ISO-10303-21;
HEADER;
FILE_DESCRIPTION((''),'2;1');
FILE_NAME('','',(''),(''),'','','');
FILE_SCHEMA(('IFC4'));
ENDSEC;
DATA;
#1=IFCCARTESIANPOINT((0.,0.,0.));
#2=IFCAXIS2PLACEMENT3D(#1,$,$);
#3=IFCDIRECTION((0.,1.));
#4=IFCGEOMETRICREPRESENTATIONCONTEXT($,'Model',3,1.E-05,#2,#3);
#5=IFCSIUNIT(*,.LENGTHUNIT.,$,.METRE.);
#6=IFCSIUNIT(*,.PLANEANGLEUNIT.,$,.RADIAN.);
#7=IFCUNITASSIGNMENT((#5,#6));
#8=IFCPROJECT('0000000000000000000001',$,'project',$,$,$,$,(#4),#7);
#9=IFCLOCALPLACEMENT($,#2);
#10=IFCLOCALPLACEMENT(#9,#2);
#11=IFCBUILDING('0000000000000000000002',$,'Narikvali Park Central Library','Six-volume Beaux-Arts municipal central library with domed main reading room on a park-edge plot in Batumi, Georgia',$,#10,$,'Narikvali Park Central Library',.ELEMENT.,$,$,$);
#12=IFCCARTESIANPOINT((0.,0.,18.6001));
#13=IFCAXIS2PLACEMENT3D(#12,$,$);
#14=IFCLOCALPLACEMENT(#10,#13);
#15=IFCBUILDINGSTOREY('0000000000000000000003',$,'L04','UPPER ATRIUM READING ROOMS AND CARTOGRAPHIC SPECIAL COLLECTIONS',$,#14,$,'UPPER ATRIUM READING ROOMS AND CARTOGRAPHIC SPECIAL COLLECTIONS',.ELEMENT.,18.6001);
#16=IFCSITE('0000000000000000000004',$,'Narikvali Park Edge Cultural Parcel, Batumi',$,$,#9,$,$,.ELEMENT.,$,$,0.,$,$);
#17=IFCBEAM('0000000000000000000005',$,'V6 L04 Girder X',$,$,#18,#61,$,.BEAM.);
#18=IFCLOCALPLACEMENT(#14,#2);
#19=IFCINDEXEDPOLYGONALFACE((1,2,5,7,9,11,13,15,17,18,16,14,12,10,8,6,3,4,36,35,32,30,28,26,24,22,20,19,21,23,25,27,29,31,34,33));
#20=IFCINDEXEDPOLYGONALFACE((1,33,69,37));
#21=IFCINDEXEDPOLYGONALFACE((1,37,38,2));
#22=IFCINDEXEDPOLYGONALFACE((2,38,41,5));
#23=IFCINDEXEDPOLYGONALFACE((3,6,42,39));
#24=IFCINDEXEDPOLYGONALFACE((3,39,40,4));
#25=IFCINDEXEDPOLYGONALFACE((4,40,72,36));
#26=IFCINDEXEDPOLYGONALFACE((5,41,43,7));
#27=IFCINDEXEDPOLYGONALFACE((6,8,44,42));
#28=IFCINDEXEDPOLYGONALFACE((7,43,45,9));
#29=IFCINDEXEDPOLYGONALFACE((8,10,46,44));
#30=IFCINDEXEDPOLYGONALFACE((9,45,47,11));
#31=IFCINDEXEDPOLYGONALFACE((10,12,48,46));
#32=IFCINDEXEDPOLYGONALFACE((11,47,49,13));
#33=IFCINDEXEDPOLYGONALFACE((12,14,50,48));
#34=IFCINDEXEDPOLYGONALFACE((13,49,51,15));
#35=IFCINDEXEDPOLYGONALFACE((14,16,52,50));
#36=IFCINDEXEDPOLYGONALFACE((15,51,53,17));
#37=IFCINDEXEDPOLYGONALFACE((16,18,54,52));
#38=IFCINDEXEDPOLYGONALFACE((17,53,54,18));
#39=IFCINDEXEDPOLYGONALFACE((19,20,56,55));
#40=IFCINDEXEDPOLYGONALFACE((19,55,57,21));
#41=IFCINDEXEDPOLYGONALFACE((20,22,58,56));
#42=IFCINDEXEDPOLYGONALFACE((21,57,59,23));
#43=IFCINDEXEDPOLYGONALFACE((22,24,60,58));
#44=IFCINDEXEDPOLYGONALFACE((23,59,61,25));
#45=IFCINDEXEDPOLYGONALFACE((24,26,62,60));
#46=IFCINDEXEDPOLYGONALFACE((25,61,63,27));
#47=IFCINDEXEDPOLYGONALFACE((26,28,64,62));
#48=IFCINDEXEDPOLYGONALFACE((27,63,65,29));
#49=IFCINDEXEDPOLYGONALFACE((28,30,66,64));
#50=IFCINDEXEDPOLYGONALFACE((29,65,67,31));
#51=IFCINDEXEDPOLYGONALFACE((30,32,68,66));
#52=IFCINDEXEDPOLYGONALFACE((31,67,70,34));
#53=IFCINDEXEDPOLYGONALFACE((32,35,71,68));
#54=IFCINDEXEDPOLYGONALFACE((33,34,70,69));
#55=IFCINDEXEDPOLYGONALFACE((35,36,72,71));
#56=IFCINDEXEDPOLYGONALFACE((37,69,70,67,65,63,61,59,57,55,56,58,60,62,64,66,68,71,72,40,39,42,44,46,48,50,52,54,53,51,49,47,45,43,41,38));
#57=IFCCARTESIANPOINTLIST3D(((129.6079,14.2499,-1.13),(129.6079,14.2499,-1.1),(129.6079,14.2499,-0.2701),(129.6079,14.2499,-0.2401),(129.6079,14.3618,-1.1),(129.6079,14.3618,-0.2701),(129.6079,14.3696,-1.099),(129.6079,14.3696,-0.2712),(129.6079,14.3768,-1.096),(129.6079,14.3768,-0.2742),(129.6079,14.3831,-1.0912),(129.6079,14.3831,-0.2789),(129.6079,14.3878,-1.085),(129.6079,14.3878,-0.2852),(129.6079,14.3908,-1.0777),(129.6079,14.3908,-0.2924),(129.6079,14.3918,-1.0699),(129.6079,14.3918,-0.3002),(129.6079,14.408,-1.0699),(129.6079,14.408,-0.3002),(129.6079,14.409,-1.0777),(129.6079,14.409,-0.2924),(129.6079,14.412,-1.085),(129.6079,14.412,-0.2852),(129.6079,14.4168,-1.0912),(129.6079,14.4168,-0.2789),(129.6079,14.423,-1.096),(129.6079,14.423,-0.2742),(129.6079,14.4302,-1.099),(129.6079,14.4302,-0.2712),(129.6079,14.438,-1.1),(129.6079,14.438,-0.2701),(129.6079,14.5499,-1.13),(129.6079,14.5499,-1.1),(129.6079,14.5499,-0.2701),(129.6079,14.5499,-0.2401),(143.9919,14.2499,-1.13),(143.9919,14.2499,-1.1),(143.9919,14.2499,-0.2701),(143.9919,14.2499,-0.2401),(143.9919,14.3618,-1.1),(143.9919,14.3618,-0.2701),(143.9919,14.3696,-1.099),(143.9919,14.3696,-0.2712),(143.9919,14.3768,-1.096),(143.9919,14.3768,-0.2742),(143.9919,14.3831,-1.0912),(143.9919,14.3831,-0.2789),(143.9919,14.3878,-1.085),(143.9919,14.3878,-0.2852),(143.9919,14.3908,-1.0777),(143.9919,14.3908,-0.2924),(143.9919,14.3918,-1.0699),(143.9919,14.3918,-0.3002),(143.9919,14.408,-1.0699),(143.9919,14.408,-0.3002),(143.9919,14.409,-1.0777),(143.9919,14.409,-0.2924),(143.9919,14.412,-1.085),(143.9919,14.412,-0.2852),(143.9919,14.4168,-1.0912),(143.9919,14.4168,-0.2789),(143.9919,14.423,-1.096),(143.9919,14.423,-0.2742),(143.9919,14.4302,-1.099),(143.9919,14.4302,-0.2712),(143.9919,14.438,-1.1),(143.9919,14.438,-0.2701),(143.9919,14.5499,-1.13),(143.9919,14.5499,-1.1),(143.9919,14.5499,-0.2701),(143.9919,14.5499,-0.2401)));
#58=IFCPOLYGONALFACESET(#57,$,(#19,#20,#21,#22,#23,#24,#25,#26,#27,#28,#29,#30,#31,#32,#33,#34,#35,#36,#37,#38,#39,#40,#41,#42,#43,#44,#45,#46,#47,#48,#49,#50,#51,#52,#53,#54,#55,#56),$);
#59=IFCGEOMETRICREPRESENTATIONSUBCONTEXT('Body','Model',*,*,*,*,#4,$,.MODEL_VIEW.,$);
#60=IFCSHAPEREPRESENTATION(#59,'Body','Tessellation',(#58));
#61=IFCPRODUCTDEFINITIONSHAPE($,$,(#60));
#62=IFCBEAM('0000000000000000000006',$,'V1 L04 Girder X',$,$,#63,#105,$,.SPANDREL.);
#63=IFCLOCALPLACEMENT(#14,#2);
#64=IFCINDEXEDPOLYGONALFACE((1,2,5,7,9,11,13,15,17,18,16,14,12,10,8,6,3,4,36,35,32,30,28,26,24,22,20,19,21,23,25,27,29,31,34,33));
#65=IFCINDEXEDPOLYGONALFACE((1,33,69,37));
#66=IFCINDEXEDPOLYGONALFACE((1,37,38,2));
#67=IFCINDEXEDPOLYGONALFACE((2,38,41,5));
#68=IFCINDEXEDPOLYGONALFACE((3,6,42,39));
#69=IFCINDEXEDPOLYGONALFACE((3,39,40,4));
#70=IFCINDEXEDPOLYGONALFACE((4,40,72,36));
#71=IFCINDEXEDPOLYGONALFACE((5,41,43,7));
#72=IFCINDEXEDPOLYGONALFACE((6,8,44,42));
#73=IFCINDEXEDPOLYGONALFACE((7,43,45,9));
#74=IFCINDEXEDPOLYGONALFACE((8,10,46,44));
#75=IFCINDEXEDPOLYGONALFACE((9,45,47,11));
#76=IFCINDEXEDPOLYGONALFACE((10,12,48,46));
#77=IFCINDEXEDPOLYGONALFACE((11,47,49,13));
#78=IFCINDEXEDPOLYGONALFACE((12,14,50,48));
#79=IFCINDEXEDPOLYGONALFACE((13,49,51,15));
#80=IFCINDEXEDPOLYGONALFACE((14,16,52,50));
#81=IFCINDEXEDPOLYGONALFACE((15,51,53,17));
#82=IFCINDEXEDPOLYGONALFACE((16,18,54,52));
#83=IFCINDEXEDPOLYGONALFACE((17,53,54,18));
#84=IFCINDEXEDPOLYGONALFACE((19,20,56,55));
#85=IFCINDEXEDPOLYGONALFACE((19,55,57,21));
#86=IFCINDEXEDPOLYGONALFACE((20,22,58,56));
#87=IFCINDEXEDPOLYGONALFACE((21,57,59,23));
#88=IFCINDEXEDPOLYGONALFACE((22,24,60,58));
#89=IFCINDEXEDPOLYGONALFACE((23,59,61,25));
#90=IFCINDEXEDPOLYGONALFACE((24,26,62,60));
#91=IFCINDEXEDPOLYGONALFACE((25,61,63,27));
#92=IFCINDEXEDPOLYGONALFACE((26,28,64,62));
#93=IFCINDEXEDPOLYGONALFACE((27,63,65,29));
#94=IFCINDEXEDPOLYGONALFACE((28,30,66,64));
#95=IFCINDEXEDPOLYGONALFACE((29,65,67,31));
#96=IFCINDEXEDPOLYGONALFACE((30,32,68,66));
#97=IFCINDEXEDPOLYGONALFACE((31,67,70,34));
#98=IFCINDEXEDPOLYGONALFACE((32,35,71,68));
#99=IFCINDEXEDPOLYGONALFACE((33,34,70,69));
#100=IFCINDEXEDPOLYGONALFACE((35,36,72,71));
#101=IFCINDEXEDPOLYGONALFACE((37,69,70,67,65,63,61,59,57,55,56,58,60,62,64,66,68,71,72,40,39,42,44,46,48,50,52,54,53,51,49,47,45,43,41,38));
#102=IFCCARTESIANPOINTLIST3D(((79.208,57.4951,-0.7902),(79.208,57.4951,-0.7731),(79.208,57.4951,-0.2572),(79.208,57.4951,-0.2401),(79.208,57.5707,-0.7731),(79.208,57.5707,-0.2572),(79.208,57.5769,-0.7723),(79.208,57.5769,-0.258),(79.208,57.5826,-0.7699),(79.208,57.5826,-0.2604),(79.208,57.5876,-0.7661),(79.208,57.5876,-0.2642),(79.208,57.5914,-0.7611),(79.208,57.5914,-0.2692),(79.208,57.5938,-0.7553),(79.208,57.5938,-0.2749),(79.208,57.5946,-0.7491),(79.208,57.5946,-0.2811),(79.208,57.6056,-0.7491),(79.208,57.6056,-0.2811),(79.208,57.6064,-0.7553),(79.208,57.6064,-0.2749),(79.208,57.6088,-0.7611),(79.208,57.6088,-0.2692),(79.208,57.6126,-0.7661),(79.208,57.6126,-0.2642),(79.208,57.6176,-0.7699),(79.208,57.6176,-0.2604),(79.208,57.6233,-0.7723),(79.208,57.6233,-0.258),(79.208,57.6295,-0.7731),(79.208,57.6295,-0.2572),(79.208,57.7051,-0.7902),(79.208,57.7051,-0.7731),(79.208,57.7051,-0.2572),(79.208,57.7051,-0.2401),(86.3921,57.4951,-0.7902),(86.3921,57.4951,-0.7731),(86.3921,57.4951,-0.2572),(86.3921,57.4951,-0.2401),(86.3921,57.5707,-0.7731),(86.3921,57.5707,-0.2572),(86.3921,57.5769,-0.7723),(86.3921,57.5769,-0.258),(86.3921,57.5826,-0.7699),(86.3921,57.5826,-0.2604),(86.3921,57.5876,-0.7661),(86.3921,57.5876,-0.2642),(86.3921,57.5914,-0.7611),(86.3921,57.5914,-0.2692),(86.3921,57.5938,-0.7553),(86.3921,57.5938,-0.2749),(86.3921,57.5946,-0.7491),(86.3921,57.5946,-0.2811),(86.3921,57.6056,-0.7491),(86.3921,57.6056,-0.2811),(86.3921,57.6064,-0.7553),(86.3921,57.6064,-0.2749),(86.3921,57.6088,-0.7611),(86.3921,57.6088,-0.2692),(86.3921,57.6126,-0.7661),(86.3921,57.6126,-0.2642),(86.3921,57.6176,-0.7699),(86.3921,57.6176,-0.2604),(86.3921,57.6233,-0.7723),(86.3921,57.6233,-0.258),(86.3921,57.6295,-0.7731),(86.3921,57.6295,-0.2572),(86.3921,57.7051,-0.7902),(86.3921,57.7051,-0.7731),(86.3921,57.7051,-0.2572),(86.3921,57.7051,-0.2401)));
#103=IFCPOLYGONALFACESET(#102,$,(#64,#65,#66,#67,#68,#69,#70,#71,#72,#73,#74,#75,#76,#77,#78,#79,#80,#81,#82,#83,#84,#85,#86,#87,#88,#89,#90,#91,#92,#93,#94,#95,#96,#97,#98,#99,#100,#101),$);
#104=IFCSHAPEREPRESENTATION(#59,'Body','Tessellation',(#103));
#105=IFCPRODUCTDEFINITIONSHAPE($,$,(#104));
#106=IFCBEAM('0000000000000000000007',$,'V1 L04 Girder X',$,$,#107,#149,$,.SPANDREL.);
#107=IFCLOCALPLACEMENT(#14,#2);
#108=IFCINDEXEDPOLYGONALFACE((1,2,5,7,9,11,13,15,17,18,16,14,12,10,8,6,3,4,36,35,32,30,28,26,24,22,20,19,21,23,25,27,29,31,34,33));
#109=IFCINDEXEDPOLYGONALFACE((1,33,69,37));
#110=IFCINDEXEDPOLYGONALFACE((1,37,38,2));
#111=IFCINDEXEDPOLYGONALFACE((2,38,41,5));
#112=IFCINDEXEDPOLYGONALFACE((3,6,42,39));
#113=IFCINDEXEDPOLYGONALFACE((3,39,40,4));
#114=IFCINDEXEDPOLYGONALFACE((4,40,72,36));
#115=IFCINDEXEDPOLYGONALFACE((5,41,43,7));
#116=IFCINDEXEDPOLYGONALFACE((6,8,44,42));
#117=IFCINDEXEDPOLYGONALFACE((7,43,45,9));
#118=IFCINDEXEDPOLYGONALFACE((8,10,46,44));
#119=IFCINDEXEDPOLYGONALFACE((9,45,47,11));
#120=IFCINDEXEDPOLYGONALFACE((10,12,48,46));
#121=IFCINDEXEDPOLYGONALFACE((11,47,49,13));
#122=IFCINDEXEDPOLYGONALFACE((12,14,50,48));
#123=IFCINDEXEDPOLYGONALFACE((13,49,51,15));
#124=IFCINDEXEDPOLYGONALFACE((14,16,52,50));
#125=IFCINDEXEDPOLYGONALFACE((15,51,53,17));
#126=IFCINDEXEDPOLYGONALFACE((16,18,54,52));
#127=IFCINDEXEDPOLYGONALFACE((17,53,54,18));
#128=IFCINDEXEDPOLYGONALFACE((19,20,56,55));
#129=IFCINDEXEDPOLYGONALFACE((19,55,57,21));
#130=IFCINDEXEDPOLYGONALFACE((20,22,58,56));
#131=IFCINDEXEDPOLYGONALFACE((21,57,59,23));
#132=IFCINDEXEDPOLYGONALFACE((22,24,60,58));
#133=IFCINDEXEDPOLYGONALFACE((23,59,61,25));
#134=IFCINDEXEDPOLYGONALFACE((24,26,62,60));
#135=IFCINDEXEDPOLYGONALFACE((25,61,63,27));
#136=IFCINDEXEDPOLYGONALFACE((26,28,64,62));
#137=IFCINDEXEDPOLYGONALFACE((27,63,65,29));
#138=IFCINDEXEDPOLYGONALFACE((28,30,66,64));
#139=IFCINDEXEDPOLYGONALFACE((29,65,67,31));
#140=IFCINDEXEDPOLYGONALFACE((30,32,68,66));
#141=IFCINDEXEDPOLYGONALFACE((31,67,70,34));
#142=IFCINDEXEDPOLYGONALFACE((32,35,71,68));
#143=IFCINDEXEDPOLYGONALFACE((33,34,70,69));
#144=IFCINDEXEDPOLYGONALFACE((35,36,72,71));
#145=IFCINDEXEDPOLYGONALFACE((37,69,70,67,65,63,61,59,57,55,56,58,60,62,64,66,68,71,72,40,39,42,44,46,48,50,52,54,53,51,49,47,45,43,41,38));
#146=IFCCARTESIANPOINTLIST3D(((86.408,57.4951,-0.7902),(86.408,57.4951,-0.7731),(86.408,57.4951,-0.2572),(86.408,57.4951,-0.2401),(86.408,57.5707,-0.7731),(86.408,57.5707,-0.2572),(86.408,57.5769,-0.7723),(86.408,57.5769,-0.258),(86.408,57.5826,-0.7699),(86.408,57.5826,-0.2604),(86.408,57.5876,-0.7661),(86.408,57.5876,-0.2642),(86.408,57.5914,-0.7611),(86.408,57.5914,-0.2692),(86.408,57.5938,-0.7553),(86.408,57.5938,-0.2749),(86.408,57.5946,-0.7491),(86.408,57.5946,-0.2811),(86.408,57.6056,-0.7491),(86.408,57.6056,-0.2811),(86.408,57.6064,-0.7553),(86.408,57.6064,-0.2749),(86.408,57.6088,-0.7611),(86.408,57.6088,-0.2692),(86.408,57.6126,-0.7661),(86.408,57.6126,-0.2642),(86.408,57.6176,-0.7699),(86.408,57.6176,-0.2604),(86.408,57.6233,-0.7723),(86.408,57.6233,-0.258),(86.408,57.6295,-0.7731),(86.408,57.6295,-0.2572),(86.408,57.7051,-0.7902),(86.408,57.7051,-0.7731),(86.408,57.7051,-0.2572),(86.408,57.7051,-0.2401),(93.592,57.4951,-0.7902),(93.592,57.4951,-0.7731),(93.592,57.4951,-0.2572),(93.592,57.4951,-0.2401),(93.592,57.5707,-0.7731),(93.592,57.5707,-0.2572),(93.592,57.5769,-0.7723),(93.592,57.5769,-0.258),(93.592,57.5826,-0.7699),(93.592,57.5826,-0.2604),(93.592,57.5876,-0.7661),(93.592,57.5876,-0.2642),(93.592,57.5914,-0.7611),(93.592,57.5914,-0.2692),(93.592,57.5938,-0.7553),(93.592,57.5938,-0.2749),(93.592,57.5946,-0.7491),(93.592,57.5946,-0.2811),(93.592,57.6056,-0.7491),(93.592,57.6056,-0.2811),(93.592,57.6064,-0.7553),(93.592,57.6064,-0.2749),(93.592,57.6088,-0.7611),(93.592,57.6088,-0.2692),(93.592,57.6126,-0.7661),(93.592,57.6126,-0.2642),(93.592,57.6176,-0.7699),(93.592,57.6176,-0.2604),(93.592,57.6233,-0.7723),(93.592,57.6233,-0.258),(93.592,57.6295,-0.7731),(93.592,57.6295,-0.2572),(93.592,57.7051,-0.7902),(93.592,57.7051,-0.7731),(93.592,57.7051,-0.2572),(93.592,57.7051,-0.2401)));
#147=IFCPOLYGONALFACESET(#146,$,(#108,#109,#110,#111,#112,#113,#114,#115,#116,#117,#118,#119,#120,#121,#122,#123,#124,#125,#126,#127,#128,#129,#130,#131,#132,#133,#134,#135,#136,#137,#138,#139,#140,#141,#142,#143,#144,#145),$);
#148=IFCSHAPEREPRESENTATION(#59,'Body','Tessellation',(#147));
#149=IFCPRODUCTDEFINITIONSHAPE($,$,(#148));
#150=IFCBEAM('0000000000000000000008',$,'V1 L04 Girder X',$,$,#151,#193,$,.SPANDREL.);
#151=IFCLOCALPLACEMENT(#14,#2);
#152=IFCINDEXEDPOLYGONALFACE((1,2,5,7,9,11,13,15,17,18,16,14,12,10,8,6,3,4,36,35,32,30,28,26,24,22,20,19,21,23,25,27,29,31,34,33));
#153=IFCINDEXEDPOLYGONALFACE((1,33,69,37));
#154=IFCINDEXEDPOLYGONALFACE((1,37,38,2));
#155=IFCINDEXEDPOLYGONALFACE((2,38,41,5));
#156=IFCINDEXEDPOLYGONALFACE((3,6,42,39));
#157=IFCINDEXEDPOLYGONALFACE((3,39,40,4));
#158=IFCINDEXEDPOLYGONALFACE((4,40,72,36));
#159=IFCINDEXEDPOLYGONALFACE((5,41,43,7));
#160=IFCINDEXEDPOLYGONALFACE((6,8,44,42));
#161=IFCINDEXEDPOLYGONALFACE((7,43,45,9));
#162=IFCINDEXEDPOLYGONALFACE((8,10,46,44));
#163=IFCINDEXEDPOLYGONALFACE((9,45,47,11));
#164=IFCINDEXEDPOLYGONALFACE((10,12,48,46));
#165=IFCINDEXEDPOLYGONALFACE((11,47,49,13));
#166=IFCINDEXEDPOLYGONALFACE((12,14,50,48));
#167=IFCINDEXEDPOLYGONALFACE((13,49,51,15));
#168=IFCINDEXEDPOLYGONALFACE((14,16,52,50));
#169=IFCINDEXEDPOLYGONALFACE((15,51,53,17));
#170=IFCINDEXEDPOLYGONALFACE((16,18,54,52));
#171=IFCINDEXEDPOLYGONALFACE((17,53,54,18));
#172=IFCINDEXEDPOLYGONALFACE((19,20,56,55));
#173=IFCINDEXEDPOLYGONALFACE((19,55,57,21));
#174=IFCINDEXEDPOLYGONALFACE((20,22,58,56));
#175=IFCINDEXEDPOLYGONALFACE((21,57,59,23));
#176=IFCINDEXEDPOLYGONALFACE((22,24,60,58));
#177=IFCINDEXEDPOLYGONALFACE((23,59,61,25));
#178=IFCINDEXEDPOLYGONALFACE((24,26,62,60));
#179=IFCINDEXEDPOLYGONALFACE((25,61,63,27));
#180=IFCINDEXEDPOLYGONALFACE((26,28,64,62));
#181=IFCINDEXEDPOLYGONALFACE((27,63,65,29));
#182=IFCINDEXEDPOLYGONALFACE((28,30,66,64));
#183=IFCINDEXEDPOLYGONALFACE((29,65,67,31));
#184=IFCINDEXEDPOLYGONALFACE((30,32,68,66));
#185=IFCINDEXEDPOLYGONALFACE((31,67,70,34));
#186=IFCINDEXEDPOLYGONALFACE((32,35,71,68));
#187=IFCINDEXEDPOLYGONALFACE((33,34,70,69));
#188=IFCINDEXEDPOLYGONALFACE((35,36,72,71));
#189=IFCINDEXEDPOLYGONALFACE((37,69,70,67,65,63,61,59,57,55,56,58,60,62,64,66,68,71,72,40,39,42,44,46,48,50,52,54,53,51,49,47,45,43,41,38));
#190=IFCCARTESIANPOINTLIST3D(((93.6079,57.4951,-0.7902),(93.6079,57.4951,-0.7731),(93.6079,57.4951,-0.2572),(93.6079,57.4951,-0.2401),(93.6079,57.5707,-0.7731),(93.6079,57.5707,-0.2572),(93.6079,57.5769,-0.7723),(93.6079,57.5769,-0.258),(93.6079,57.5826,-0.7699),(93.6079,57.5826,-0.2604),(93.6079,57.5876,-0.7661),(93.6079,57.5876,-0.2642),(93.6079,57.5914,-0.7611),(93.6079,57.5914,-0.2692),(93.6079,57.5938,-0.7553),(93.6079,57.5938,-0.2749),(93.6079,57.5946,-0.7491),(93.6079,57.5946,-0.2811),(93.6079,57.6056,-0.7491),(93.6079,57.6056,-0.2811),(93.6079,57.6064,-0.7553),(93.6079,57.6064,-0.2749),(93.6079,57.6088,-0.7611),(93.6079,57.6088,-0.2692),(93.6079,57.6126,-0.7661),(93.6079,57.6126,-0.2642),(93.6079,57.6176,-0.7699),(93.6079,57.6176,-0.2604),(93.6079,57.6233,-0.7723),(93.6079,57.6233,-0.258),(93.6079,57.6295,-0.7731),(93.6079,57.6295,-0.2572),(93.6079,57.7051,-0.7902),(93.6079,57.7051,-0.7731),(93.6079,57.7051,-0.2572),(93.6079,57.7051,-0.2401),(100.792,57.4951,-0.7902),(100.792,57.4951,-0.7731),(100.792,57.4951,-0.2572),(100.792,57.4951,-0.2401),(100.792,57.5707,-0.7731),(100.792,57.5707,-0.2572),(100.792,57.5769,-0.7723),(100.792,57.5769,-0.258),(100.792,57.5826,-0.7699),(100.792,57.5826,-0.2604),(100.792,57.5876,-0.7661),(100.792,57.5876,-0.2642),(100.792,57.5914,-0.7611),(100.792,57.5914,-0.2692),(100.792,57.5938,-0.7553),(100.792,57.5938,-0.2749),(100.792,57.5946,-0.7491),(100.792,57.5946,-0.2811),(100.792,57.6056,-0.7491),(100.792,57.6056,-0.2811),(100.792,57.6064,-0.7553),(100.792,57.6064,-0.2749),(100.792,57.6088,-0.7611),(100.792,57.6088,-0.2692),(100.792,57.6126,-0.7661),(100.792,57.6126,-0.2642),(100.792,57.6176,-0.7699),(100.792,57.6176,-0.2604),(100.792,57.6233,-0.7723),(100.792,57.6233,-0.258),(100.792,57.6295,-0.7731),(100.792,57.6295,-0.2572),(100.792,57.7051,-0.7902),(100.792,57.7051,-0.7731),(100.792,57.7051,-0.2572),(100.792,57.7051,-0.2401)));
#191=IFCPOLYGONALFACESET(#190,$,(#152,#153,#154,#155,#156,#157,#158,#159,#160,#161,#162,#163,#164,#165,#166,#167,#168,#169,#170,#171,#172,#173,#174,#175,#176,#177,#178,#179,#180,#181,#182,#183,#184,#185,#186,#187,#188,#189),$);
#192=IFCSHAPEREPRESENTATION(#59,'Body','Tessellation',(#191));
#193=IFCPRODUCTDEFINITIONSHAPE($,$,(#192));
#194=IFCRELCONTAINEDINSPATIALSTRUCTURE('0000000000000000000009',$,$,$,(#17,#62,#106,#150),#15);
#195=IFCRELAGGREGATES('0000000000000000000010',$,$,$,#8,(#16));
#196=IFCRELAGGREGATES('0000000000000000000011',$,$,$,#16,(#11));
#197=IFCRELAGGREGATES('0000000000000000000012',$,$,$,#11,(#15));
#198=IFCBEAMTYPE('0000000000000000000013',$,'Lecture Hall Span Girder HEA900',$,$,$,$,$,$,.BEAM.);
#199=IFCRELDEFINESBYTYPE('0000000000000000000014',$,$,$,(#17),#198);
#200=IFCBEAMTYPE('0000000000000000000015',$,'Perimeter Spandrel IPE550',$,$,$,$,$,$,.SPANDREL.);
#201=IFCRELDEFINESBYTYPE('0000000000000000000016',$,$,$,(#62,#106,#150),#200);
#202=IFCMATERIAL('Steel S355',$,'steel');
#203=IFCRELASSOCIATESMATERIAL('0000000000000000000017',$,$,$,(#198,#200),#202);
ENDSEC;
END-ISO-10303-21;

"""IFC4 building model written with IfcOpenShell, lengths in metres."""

from ifc_helpers import new_model, si_unit, direction, frame, origin, origin_2d, place, context, subcontext, project, spatial, i_section, extrude, material, material_profile, profile_set, type_object, element, save


model = new_model("IFC4")

# Units and contexts
model_context = context("Model", 3, precision=1e-05, world=origin(), true_north=direction((0.0, 1.0)))
body_context = subcontext(model_context, "Body", "Model", "MODEL_VIEW")
ifc_project = project(units=[si_unit("LENGTHUNIT", "METRE"), si_unit("PLANEANGLEUNIT", "RADIAN")], contexts=[model_context])

# Site, building, storey
site_placement = place(None, origin())
site = spatial("IfcSite", under=ifc_project, at=site_placement, Name="Narikvali Park Edge Cultural Parcel, Batumi", CompositionType="ELEMENT", RefElevation=0.0)
building_placement = place(site_placement, origin())
building = spatial("IfcBuilding", under=site, at=building_placement, Name="Narikvali Park Central Library", Description="Six-volume Beaux-Arts municipal central library with domed main reading room on a park-edge plot in Batumi, Georgia", LongName="Narikvali Park Central Library", CompositionType="ELEMENT")
storey_placement = place(building_placement, frame((0.0, 0.0, 18.6001)))
storey = spatial("IfcBuildingStorey", under=building, at=storey_placement, Name="L04", Description="UPPER ATRIUM READING ROOMS AND CARTOGRAPHIC SPECIAL COLLECTIONS", LongName="UPPER ATRIUM READING ROOMS AND CARTOGRAPHIC SPECIAL COLLECTIONS", CompositionType="ELEMENT", Elevation=18.6001)

# Beams
ifc_material_1 = material(Name="Steel S355", Category="steel")
ifc_material_profile_1 = material_profile(ifc_material_1, i_section(OverallWidth=0.3, OverallDepth=0.8899, WebThickness=0.0161, FlangeThickness=0.03, FilletRadius=0.03, at=origin_2d()), Name="HEA 900")
ifc_profile_set_1 = profile_set([ifc_material_profile_1], Name="Steel S355")
beam_type_1 = type_object("IfcBeamType", Name="Lecture Hall Span Girder HEA900", PredefinedType="BEAM", material=ifc_profile_set_1)
beam_1_placement = place(storey_placement, frame((129.6079, 14.3999, -0.6851), z_axis=(1.0, 0.0, 0.0), x_axis=(0.0, 1.0, 0.0)))
element("IfcBeam", 1, at=beam_1_placement, inside=storey, type_object=beam_type_1, Name="V6 L04 Girder X", PredefinedType="BEAM", context=body_context, shape_type="SweptSolid", body=[
    extrude(i_section(OverallWidth=0.3, OverallDepth=0.8899, WebThickness=0.0161, FlangeThickness=0.03, FilletRadius=0.03, at=origin_2d()), origin(), (0.0, 0.0, 1.0), 14.384),
])
ifc_material_profile_2 = material_profile(ifc_material_1, i_section(OverallWidth=0.21, OverallDepth=0.55, WebThickness=0.011, FlangeThickness=0.0171, FilletRadius=0.0239, at=origin_2d()), Name="IPE 550")
ifc_profile_set_2 = profile_set([ifc_material_profile_2], Name="Steel S355")
beam_type_2 = type_object("IfcBeamType", Name="Perimeter Spandrel IPE550", PredefinedType="SPANDREL", material=ifc_profile_set_2)
for number, where, z_axis, x_axis, name in (
    (2, (79.208, 57.6001, -0.5151), (1.0, 0.0, 0.0), (0.0, 1.0, 0.0), "V1 L04 Girder X"),
    (3, (86.408, 57.6001, -0.5151), (1.0, 0.0, 0.0), (0.0, 1.0, 0.0), "V1 L04 Girder X"),
    (4, (93.6079, 57.6001, -0.5151), (1.0, 0.0, 0.0), (0.0, 1.0, 0.0), "V1 L04 Girder X"),
):
    element("IfcBeam", number, at=place(storey_placement, frame(where, z_axis=z_axis, x_axis=x_axis)), inside=storey, type_object=beam_type_2, Name=name, PredefinedType="SPANDREL", context=body_context, shape_type="SweptSolid", body=[
        extrude(i_section(OverallWidth=0.21, OverallDepth=0.55, WebThickness=0.011, FlangeThickness=0.0171, FilletRadius=0.0239, at=origin_2d()), origin(), (0.0, 0.0, 1.0), 7.1841),
    ])

save(model, "model.ifc")
